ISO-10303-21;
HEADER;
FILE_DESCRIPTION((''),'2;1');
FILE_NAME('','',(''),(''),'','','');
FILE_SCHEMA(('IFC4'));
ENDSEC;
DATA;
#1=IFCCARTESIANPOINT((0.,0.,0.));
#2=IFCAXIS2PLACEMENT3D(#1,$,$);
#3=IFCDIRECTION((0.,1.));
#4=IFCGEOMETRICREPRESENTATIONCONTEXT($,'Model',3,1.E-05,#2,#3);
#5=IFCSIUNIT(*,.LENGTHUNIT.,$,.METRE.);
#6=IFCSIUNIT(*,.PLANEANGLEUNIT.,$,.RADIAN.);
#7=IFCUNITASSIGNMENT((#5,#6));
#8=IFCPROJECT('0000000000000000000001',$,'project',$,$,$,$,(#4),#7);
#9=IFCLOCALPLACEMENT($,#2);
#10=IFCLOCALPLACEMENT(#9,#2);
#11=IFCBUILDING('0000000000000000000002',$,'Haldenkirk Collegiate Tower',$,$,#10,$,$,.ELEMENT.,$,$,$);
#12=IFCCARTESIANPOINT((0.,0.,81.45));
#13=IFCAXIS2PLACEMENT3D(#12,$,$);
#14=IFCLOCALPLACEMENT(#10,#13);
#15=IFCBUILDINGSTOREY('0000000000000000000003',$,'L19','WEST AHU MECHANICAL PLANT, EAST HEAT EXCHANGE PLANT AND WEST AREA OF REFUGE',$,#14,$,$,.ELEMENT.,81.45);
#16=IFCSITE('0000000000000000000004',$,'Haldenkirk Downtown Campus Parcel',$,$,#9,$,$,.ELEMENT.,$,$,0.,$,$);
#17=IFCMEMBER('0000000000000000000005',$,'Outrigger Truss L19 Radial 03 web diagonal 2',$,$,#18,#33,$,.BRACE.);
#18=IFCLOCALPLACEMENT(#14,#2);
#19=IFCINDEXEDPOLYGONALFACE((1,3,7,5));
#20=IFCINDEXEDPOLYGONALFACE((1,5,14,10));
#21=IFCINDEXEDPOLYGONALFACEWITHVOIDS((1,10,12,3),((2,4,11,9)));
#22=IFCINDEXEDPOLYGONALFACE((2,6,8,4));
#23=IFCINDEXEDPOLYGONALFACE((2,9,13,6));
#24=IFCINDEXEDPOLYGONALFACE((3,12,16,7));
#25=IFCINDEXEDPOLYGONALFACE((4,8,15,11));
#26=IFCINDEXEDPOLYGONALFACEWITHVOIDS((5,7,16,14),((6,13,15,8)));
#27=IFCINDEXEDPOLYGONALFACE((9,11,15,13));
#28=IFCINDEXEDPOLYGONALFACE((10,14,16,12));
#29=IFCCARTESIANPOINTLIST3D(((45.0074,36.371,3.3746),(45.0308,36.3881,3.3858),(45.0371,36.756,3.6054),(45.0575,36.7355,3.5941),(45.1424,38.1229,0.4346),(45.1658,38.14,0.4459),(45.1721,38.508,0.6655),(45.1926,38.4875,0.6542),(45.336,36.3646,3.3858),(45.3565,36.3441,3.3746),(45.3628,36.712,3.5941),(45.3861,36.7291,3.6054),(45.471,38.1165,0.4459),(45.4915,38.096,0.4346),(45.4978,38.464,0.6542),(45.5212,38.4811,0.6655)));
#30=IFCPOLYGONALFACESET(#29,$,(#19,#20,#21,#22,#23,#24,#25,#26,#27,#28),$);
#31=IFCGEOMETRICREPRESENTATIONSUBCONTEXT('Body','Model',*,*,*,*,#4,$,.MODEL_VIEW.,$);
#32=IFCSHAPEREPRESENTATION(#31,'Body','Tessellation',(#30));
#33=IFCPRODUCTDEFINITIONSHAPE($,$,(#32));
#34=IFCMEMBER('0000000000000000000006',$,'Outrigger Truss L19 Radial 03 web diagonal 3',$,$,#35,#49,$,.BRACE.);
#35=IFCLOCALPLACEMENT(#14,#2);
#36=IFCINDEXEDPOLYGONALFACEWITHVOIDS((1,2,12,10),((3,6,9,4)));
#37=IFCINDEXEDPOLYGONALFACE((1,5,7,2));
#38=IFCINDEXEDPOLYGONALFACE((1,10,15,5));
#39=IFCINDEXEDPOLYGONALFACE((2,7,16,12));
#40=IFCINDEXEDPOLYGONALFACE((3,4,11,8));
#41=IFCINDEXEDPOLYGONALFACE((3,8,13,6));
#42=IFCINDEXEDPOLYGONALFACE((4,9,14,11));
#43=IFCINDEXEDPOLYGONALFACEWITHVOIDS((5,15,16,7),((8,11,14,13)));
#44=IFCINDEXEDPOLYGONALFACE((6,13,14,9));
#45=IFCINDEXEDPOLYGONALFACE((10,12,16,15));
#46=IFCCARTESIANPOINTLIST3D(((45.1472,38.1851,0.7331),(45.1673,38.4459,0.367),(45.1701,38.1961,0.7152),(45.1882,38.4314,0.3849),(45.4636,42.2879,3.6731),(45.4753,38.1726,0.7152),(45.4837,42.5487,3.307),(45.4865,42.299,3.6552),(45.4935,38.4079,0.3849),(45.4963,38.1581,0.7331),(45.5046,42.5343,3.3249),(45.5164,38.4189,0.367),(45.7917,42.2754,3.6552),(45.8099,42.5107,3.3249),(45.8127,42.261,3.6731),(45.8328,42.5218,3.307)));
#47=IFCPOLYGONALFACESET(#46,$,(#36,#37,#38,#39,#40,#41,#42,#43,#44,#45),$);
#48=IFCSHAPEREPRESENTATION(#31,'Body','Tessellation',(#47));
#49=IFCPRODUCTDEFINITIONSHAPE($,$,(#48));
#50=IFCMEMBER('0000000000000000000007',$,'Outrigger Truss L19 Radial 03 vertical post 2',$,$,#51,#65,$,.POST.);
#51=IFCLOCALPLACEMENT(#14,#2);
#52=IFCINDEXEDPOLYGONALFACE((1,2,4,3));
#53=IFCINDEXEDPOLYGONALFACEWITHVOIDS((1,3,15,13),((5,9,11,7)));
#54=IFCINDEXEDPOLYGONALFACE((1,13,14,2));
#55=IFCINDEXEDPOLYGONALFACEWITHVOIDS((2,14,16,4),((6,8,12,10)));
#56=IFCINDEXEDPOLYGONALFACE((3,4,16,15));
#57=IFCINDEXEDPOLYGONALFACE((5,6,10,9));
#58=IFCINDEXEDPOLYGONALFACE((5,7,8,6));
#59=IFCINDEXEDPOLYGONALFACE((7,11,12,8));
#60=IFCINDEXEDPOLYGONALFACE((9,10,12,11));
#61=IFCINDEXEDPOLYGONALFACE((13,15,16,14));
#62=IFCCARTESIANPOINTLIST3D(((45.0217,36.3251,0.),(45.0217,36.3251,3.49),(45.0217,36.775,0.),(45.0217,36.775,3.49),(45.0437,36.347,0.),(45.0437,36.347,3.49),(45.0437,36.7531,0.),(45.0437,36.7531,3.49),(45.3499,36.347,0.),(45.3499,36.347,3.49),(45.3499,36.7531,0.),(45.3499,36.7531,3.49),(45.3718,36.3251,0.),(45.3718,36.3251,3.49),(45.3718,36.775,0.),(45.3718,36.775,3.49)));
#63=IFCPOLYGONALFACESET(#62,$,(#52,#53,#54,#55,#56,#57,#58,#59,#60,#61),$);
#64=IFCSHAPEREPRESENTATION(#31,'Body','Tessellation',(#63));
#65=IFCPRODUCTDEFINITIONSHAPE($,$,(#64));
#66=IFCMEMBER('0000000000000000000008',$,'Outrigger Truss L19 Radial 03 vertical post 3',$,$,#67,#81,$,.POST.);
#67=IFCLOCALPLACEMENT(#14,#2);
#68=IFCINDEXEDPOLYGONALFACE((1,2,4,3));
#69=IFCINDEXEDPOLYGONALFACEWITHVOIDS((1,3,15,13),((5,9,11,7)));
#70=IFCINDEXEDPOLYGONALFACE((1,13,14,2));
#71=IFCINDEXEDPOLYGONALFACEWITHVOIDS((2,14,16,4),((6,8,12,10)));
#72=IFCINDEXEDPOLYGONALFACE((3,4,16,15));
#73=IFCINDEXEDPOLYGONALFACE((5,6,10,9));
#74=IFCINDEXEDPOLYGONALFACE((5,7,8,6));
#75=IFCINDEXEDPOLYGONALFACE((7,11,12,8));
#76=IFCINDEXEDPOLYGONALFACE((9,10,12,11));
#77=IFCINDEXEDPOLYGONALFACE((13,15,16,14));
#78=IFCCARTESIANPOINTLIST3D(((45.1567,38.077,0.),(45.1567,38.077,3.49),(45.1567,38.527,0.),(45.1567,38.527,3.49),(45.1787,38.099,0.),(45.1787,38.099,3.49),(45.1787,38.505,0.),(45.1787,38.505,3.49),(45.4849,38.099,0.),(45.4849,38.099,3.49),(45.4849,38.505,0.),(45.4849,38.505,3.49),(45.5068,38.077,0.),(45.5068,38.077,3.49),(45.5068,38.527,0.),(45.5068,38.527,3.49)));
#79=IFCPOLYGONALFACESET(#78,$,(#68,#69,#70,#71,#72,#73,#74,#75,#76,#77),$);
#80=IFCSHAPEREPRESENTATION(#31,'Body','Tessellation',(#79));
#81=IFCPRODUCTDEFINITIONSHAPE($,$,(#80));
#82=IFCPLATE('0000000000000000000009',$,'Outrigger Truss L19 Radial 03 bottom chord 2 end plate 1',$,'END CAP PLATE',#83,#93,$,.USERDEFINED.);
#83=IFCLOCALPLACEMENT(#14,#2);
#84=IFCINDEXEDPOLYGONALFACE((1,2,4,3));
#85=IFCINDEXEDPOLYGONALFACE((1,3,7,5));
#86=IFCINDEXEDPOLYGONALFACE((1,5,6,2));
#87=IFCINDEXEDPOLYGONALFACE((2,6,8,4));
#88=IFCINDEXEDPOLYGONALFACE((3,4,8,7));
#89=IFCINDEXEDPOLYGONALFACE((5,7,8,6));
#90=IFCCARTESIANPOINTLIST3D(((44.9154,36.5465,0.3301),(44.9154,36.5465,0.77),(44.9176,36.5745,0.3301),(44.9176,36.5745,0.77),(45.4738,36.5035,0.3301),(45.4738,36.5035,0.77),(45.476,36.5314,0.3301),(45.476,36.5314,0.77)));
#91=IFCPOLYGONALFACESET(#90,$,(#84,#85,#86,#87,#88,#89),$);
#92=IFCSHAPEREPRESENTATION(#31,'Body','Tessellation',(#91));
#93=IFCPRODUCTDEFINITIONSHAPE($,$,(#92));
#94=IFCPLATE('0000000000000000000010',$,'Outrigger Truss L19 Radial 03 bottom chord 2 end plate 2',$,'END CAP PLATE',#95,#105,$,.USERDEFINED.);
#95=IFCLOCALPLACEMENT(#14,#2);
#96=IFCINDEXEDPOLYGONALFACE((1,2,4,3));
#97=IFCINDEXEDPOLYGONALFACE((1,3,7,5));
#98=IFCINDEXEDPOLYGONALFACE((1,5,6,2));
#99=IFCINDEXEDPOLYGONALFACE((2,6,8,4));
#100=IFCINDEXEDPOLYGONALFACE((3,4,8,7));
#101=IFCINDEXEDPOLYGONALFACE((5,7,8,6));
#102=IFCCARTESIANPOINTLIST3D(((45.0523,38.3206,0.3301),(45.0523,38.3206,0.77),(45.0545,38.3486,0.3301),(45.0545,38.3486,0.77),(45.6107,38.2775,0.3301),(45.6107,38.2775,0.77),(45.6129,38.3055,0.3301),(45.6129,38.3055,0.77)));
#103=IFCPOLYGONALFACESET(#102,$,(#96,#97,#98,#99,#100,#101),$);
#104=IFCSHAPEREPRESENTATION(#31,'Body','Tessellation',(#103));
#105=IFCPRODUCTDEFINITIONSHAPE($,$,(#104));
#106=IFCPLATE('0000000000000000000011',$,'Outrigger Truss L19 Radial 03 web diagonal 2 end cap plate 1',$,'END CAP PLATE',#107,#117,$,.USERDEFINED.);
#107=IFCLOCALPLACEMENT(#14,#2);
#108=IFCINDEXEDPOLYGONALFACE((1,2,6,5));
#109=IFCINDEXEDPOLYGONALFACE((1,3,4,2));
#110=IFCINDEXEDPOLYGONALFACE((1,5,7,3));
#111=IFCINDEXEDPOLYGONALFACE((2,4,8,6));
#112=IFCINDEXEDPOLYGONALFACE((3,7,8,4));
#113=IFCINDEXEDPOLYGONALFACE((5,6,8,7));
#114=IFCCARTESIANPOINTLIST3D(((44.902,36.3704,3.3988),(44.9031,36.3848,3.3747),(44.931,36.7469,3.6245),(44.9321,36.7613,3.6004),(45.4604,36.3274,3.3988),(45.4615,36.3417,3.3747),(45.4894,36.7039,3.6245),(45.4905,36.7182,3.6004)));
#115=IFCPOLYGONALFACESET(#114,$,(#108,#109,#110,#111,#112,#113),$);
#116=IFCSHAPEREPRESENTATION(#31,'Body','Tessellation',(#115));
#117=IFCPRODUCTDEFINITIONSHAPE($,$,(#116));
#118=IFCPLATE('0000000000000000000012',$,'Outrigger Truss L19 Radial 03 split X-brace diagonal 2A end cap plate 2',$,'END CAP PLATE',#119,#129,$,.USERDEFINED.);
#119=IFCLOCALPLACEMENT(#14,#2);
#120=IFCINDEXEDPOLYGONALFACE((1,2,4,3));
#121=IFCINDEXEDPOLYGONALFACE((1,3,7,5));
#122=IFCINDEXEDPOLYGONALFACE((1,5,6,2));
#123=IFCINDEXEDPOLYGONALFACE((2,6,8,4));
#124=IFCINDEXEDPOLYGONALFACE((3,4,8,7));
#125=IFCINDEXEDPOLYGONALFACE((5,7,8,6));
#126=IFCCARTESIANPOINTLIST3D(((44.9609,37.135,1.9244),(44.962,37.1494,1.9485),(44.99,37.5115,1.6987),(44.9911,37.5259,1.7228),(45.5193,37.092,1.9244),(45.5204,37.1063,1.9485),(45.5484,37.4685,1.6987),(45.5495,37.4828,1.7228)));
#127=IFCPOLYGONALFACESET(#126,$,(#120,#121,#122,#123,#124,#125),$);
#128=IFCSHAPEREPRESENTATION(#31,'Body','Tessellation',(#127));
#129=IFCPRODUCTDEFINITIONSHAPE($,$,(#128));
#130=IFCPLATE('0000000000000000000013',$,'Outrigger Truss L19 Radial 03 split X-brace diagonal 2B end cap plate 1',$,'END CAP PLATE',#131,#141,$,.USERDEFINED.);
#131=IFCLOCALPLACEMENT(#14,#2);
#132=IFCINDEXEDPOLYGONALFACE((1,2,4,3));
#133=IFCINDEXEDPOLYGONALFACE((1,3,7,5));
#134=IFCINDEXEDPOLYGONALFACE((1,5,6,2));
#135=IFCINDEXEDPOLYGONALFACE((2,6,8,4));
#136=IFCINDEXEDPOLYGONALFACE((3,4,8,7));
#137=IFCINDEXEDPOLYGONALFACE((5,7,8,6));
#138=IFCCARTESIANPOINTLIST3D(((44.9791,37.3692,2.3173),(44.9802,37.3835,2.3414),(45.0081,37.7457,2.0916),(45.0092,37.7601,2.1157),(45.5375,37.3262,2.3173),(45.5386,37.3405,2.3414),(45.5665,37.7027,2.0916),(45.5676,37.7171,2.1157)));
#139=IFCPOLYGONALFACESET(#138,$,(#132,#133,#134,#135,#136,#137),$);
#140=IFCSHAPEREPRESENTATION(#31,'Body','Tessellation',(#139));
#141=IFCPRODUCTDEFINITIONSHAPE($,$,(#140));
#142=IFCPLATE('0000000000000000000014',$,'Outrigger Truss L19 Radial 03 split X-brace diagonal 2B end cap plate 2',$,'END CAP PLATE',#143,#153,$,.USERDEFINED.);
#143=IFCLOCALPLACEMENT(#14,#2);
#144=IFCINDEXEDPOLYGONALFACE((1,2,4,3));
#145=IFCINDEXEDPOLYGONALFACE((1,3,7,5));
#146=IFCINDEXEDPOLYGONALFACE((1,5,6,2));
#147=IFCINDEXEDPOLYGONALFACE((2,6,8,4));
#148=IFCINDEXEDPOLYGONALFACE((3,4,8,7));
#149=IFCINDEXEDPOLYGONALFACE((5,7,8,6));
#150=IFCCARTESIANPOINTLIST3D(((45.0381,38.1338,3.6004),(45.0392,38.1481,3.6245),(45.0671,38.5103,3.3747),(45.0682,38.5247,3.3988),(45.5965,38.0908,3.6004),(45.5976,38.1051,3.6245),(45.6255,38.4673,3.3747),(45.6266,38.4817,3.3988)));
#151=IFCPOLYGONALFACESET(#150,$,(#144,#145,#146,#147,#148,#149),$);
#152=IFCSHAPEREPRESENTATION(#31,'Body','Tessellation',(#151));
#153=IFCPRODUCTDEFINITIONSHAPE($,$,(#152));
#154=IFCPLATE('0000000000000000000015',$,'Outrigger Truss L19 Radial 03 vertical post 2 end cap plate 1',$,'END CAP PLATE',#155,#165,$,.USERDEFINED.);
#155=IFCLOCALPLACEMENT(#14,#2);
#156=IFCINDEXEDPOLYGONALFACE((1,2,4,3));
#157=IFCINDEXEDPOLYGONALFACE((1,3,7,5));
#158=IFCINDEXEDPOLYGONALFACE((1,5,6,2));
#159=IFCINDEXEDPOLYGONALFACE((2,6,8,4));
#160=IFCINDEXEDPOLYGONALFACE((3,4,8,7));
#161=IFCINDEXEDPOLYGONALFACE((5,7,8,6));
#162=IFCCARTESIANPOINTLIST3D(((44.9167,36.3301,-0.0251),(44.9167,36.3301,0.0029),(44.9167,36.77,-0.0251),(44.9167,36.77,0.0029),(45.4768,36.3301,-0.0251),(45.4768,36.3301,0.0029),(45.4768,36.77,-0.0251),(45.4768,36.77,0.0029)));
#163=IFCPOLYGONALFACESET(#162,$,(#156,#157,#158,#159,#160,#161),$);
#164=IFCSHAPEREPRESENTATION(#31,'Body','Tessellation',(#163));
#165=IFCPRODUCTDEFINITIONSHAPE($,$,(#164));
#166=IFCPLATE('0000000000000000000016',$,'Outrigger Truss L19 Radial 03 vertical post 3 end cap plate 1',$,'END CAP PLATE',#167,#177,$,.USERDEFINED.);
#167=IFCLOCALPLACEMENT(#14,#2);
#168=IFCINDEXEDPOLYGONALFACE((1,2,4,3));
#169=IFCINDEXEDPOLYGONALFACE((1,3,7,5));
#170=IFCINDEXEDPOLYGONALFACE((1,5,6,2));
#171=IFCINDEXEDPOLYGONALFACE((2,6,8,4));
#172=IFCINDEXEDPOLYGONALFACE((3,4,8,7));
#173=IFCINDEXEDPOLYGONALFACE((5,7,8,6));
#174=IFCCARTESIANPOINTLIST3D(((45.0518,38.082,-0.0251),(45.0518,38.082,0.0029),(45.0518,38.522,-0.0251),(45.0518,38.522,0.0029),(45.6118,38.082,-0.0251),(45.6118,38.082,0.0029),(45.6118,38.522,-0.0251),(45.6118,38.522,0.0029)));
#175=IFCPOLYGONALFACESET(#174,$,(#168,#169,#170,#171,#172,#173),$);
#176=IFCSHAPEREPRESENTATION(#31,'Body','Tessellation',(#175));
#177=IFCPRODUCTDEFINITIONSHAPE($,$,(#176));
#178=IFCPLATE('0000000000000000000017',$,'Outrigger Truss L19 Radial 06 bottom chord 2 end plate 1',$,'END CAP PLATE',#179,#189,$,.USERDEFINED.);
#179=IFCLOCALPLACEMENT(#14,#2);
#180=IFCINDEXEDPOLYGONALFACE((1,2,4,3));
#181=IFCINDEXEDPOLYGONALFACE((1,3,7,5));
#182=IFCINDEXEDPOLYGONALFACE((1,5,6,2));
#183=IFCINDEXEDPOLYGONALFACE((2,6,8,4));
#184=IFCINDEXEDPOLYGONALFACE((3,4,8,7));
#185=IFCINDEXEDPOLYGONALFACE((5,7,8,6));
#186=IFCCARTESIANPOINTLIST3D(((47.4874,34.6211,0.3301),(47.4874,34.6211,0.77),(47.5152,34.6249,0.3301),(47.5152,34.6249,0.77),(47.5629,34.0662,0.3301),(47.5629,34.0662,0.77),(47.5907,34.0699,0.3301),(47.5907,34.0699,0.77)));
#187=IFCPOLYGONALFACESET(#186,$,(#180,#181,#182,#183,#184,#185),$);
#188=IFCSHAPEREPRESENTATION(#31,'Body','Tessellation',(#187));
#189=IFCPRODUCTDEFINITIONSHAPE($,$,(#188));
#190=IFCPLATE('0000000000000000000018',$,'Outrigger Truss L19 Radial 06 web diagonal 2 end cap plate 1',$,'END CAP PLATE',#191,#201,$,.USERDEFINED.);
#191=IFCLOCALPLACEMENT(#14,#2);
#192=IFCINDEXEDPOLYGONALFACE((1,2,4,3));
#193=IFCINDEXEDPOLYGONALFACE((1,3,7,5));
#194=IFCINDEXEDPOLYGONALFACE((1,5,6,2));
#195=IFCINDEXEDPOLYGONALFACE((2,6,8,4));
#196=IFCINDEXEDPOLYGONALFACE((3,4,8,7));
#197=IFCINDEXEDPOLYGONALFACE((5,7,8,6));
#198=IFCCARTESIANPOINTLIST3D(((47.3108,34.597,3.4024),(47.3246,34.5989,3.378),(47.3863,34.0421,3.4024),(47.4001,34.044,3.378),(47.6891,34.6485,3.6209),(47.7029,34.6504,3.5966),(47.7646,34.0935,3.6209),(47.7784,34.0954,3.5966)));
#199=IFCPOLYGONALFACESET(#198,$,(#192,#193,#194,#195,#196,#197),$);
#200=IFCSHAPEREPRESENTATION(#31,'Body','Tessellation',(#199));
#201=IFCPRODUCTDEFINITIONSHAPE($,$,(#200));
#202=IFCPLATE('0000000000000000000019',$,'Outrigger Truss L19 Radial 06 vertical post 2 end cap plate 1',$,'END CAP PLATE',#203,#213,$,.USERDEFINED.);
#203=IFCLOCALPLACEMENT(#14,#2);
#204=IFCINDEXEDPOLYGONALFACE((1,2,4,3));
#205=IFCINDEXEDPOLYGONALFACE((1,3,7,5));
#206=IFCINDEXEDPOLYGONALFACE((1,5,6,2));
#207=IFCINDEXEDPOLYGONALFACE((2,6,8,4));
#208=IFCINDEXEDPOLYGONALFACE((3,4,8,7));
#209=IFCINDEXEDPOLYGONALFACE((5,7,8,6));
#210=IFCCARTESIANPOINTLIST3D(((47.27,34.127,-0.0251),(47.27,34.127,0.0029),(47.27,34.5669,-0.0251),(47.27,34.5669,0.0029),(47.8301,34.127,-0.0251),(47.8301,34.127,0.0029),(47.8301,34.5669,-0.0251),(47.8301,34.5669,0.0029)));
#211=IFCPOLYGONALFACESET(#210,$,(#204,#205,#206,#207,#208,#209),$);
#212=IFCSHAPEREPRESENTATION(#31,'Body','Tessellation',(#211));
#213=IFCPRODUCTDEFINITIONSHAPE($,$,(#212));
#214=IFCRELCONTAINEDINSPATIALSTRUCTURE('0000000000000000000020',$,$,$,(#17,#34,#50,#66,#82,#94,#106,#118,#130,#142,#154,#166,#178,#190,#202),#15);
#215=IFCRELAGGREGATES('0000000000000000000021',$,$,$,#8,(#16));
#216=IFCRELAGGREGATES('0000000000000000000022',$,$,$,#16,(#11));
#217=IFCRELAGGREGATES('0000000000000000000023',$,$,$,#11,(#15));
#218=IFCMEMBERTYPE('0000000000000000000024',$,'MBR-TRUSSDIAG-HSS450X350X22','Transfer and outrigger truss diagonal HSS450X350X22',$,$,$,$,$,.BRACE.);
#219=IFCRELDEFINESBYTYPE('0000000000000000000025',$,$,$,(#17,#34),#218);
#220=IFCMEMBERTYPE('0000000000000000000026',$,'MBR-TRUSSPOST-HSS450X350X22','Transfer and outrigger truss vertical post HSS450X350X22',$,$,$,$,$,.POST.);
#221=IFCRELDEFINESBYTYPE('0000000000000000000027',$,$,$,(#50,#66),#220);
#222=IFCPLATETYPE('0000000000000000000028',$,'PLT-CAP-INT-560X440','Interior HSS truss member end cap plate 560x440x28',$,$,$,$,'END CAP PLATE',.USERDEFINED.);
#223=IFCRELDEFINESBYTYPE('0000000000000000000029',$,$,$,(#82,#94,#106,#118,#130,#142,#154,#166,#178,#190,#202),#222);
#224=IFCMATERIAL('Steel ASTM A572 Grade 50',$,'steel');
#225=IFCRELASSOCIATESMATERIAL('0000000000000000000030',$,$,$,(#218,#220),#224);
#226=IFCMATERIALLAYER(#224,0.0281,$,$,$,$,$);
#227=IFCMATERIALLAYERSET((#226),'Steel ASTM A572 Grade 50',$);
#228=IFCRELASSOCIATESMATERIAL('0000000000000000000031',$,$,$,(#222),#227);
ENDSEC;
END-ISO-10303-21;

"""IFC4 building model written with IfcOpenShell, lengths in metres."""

from ifc_helpers import new_model, si_unit, direction, frame, origin, origin_2d, place, context, subcontext, project, spatial, rectangle, hollow_rectangle, extrude, source, transform, mapped, material, layer, layer_set, material_profile, profile_set, type_object, element, save


model = new_model("IFC4")

# Units and contexts
model_context = context("Model", 3, precision=1e-05, world=origin(), true_north=direction((0.0, 1.0)))
body_context = subcontext(model_context, "Body", "Model", "MODEL_VIEW")
ifc_project = project(units=[si_unit("LENGTHUNIT", "METRE"), si_unit("PLANEANGLEUNIT", "RADIAN")], contexts=[model_context])

# Site, building, storey
site_placement = place(None, origin())
site = spatial("IfcSite", under=ifc_project, at=site_placement, Name="Haldenkirk Downtown Campus Parcel", CompositionType="ELEMENT", RefElevation=0.0)
building_placement = place(site_placement, origin())
building = spatial("IfcBuilding", under=site, at=building_placement, Name="Haldenkirk Collegiate Tower", CompositionType="ELEMENT")
storey_placement = place(building_placement, frame((0.0, 0.0, 81.45)))
storey = spatial("IfcBuildingStorey", under=building, at=storey_placement, Name="L19", Description="WEST AHU MECHANICAL PLANT, EAST HEAT EXCHANGE PLANT AND WEST AREA OF REFUGE", CompositionType="ELEMENT", Elevation=81.45)

# Members
ifc_material_1 = material(Name="Steel ASTM A572 Grade 50", Category="steel")
ifc_material_profile_1 = material_profile(ifc_material_1, hollow_rectangle(XDim=0.3501, YDim=0.45, WallThickness=0.022, at=origin_2d()), Name="HSS450X350X22")
ifc_profile_set_1 = profile_set([ifc_material_profile_1], Name="Steel ASTM A572 Grade 50")
member_type_1 = type_object("IfcMemberType", Name="MBR-TRUSSDIAG-HSS450X350X22", Description="Transfer and outrigger truss diagonal HSS450X350X22", PredefinedType="BRACE", material=ifc_profile_set_1)
member_1_placement = place(storey_placement, frame((45.1968, 36.55, 3.49), z_axis=(0.039419, 0.511515, -0.85837), x_axis=(-0.997044, 0.076835, 0.0)))
element("IfcMember", 1, at=member_1_placement, inside=storey, type_object=member_type_1, Name="Outrigger Truss L19 Radial 03 web diagonal 2", PredefinedType="BRACE", context=body_context, shape_type="SweptSolid", body=[
    extrude(hollow_rectangle(XDim=0.3501, YDim=0.45, WallThickness=0.022, at=origin_2d()), origin(), (0.0, 0.0, 1.0), 3.425),
])
member_2_placement = place(storey_placement, frame((45.3318, 38.302, 0.55), z_axis=(0.062564, 0.811261, 0.581327), x_axis=(-0.997039, 0.076892, 0.0)))
element("IfcMember", 2, at=member_2_placement, inside=storey, type_object=member_type_1, Name="Outrigger Truss L19 Radial 03 web diagonal 3", PredefinedType="BRACE", context=body_context, shape_type="SweptSolid", body=[
    extrude(hollow_rectangle(XDim=0.3501, YDim=0.45, WallThickness=0.022, at=origin_2d()), origin(), (0.0, 0.0, 1.0), 5.0574),
])
ifc_material_profile_2 = material_profile(ifc_material_1, hollow_rectangle(XDim=0.3501, YDim=0.45, WallThickness=0.022, at=origin_2d()), Name="HSS450X350X22")
ifc_profile_set_2 = profile_set([ifc_material_profile_2], Name="Steel ASTM A572 Grade 50")
member_type_2 = type_object("IfcMemberType", Name="MBR-TRUSSPOST-HSS450X350X22", Description="Transfer and outrigger truss vertical post HSS450X350X22", PredefinedType="POST", material=ifc_profile_set_2)
for number, where, z_axis, x_axis, name in (
    (3, (45.1968, 36.55, 0.0), (0.0, 0.0, 1.0), (1.0, 0.0, 0.0), "Outrigger Truss L19 Radial 03 vertical post 2"),
    (4, (45.3318, 38.302, 0.0), (0.0, 0.0, 1.0), (1.0, 0.0, 0.0), "Outrigger Truss L19 Radial 03 vertical post 3"),
):
    element("IfcMember", number, at=place(storey_placement, frame(where, z_axis=z_axis, x_axis=x_axis)), inside=storey, type_object=member_type_2, Name=name, PredefinedType="POST", context=body_context, shape_type="SweptSolid", body=[
        extrude(hollow_rectangle(XDim=0.3501, YDim=0.45, WallThickness=0.022, at=origin_2d()), origin(), (0.0, 0.0, 1.0), 3.49),
    ])

# Plates
ifc_layer_1 = layer(ifc_material_1, 0.0281)
ifc_layer_set_1 = layer_set([ifc_layer_1], Name="Steel ASTM A572 Grade 50")
plate_type_1 = type_object("IfcPlateType", Name="PLT-CAP-INT-560X440", Description="Interior HSS truss member end cap plate 560x440x28", ElementType="END CAP PLATE", PredefinedType="USERDEFINED", material=ifc_layer_set_1)
shared_shape_1 = source(origin(), body_context, "Body", "SweptSolid", [
    extrude(rectangle(XDim=0.5601, YDim=0.4399, at=origin_2d()), origin(), (0.0, 0.0, 1.0), 0.0281),
])
for number, where, z_axis, x_axis, name in (
    (5, (45.1968, 36.553, 0.55), (-0.076898, -0.997039, 0.0), (0.997039, -0.076898, 0.0), "Outrigger Truss L19 Radial 03 bottom chord 2 end plate 1"),
    (6, (45.3315, 38.2991, 0.55), (0.076898, 0.997039, 0.0), (-0.997039, 0.076898, 0.0), "Outrigger Truss L19 Radial 03 bottom chord 2 end plate 2"),
    (7, (45.1968, 36.5515, 3.4875), (-0.039443, -0.511538, 0.858355), (0.99704, -0.076879, 0.0), "Outrigger Truss L19 Radial 03 web diagonal 2 end cap plate 1"),
    (8, (45.2546, 37.3018, 1.8115), (0.039454, 0.511546, 0.858349), (-0.997039, 0.076899, 0.0), "Outrigger Truss L19 Radial 03 split X-brace diagonal 2A end cap plate 2"),
    (9, (45.2739, 37.5503, 2.2285), (-0.039388, -0.511498, -0.858381), (0.997048, -0.076777, 0.0), "Outrigger Truss L19 Radial 03 split X-brace diagonal 2B end cap plate 1"),
    (10, (45.3318, 38.3005, 3.4875), (0.039388, 0.511498, 0.858381), (-0.997048, 0.076777, 0.0), "Outrigger Truss L19 Radial 03 split X-brace diagonal 2B end cap plate 2"),
    (11, (45.1968, 36.55, 0.0029), (0.0, 0.0, -1.0), (1.0, 0.0, 0.0), "Outrigger Truss L19 Radial 03 vertical post 2 end cap plate 1"),
    (12, (45.3318, 38.302, 0.0029), (0.0, 0.0, -1.0), (1.0, 0.0, 0.0), "Outrigger Truss L19 Radial 03 vertical post 3 end cap plate 1"),
    (13, (47.553, 34.3474, 0.55), (-0.990873, -0.134796, 0.0), (0.134796, -0.990873, 0.0), "Outrigger Truss L19 Radial 06 bottom chord 2 end plate 1"),
    (14, (47.5515, 34.3472, 3.4873), (-0.492174, -0.066954, 0.867918), (0.134795, -0.990873, 0.0), "Outrigger Truss L19 Radial 06 web diagonal 2 end cap plate 1"),
    (15, (47.55, 34.3469, 0.0029), (0.0, 0.0, -1.0), (1.0, 0.0, 0.0), "Outrigger Truss L19 Radial 06 vertical post 2 end cap plate 1"),
):
    element("IfcPlate", number, at=place(storey_placement, frame(where, z_axis=z_axis, x_axis=x_axis)), inside=storey, type_object=plate_type_1, Name=name, ObjectType="END CAP PLATE", PredefinedType="USERDEFINED", context=body_context, shape_type="MappedRepresentation", body=[
        mapped(shared_shape_1, transform((0.0, 0.0, 0.0), x_axis=(1.0, 0.0, 0.0), y_axis=(0.0, 1.0, 0.0), z_axis=(0.0, 0.0, 1.0), scale=1.0)),
    ])

save(model, "model.ifc")
